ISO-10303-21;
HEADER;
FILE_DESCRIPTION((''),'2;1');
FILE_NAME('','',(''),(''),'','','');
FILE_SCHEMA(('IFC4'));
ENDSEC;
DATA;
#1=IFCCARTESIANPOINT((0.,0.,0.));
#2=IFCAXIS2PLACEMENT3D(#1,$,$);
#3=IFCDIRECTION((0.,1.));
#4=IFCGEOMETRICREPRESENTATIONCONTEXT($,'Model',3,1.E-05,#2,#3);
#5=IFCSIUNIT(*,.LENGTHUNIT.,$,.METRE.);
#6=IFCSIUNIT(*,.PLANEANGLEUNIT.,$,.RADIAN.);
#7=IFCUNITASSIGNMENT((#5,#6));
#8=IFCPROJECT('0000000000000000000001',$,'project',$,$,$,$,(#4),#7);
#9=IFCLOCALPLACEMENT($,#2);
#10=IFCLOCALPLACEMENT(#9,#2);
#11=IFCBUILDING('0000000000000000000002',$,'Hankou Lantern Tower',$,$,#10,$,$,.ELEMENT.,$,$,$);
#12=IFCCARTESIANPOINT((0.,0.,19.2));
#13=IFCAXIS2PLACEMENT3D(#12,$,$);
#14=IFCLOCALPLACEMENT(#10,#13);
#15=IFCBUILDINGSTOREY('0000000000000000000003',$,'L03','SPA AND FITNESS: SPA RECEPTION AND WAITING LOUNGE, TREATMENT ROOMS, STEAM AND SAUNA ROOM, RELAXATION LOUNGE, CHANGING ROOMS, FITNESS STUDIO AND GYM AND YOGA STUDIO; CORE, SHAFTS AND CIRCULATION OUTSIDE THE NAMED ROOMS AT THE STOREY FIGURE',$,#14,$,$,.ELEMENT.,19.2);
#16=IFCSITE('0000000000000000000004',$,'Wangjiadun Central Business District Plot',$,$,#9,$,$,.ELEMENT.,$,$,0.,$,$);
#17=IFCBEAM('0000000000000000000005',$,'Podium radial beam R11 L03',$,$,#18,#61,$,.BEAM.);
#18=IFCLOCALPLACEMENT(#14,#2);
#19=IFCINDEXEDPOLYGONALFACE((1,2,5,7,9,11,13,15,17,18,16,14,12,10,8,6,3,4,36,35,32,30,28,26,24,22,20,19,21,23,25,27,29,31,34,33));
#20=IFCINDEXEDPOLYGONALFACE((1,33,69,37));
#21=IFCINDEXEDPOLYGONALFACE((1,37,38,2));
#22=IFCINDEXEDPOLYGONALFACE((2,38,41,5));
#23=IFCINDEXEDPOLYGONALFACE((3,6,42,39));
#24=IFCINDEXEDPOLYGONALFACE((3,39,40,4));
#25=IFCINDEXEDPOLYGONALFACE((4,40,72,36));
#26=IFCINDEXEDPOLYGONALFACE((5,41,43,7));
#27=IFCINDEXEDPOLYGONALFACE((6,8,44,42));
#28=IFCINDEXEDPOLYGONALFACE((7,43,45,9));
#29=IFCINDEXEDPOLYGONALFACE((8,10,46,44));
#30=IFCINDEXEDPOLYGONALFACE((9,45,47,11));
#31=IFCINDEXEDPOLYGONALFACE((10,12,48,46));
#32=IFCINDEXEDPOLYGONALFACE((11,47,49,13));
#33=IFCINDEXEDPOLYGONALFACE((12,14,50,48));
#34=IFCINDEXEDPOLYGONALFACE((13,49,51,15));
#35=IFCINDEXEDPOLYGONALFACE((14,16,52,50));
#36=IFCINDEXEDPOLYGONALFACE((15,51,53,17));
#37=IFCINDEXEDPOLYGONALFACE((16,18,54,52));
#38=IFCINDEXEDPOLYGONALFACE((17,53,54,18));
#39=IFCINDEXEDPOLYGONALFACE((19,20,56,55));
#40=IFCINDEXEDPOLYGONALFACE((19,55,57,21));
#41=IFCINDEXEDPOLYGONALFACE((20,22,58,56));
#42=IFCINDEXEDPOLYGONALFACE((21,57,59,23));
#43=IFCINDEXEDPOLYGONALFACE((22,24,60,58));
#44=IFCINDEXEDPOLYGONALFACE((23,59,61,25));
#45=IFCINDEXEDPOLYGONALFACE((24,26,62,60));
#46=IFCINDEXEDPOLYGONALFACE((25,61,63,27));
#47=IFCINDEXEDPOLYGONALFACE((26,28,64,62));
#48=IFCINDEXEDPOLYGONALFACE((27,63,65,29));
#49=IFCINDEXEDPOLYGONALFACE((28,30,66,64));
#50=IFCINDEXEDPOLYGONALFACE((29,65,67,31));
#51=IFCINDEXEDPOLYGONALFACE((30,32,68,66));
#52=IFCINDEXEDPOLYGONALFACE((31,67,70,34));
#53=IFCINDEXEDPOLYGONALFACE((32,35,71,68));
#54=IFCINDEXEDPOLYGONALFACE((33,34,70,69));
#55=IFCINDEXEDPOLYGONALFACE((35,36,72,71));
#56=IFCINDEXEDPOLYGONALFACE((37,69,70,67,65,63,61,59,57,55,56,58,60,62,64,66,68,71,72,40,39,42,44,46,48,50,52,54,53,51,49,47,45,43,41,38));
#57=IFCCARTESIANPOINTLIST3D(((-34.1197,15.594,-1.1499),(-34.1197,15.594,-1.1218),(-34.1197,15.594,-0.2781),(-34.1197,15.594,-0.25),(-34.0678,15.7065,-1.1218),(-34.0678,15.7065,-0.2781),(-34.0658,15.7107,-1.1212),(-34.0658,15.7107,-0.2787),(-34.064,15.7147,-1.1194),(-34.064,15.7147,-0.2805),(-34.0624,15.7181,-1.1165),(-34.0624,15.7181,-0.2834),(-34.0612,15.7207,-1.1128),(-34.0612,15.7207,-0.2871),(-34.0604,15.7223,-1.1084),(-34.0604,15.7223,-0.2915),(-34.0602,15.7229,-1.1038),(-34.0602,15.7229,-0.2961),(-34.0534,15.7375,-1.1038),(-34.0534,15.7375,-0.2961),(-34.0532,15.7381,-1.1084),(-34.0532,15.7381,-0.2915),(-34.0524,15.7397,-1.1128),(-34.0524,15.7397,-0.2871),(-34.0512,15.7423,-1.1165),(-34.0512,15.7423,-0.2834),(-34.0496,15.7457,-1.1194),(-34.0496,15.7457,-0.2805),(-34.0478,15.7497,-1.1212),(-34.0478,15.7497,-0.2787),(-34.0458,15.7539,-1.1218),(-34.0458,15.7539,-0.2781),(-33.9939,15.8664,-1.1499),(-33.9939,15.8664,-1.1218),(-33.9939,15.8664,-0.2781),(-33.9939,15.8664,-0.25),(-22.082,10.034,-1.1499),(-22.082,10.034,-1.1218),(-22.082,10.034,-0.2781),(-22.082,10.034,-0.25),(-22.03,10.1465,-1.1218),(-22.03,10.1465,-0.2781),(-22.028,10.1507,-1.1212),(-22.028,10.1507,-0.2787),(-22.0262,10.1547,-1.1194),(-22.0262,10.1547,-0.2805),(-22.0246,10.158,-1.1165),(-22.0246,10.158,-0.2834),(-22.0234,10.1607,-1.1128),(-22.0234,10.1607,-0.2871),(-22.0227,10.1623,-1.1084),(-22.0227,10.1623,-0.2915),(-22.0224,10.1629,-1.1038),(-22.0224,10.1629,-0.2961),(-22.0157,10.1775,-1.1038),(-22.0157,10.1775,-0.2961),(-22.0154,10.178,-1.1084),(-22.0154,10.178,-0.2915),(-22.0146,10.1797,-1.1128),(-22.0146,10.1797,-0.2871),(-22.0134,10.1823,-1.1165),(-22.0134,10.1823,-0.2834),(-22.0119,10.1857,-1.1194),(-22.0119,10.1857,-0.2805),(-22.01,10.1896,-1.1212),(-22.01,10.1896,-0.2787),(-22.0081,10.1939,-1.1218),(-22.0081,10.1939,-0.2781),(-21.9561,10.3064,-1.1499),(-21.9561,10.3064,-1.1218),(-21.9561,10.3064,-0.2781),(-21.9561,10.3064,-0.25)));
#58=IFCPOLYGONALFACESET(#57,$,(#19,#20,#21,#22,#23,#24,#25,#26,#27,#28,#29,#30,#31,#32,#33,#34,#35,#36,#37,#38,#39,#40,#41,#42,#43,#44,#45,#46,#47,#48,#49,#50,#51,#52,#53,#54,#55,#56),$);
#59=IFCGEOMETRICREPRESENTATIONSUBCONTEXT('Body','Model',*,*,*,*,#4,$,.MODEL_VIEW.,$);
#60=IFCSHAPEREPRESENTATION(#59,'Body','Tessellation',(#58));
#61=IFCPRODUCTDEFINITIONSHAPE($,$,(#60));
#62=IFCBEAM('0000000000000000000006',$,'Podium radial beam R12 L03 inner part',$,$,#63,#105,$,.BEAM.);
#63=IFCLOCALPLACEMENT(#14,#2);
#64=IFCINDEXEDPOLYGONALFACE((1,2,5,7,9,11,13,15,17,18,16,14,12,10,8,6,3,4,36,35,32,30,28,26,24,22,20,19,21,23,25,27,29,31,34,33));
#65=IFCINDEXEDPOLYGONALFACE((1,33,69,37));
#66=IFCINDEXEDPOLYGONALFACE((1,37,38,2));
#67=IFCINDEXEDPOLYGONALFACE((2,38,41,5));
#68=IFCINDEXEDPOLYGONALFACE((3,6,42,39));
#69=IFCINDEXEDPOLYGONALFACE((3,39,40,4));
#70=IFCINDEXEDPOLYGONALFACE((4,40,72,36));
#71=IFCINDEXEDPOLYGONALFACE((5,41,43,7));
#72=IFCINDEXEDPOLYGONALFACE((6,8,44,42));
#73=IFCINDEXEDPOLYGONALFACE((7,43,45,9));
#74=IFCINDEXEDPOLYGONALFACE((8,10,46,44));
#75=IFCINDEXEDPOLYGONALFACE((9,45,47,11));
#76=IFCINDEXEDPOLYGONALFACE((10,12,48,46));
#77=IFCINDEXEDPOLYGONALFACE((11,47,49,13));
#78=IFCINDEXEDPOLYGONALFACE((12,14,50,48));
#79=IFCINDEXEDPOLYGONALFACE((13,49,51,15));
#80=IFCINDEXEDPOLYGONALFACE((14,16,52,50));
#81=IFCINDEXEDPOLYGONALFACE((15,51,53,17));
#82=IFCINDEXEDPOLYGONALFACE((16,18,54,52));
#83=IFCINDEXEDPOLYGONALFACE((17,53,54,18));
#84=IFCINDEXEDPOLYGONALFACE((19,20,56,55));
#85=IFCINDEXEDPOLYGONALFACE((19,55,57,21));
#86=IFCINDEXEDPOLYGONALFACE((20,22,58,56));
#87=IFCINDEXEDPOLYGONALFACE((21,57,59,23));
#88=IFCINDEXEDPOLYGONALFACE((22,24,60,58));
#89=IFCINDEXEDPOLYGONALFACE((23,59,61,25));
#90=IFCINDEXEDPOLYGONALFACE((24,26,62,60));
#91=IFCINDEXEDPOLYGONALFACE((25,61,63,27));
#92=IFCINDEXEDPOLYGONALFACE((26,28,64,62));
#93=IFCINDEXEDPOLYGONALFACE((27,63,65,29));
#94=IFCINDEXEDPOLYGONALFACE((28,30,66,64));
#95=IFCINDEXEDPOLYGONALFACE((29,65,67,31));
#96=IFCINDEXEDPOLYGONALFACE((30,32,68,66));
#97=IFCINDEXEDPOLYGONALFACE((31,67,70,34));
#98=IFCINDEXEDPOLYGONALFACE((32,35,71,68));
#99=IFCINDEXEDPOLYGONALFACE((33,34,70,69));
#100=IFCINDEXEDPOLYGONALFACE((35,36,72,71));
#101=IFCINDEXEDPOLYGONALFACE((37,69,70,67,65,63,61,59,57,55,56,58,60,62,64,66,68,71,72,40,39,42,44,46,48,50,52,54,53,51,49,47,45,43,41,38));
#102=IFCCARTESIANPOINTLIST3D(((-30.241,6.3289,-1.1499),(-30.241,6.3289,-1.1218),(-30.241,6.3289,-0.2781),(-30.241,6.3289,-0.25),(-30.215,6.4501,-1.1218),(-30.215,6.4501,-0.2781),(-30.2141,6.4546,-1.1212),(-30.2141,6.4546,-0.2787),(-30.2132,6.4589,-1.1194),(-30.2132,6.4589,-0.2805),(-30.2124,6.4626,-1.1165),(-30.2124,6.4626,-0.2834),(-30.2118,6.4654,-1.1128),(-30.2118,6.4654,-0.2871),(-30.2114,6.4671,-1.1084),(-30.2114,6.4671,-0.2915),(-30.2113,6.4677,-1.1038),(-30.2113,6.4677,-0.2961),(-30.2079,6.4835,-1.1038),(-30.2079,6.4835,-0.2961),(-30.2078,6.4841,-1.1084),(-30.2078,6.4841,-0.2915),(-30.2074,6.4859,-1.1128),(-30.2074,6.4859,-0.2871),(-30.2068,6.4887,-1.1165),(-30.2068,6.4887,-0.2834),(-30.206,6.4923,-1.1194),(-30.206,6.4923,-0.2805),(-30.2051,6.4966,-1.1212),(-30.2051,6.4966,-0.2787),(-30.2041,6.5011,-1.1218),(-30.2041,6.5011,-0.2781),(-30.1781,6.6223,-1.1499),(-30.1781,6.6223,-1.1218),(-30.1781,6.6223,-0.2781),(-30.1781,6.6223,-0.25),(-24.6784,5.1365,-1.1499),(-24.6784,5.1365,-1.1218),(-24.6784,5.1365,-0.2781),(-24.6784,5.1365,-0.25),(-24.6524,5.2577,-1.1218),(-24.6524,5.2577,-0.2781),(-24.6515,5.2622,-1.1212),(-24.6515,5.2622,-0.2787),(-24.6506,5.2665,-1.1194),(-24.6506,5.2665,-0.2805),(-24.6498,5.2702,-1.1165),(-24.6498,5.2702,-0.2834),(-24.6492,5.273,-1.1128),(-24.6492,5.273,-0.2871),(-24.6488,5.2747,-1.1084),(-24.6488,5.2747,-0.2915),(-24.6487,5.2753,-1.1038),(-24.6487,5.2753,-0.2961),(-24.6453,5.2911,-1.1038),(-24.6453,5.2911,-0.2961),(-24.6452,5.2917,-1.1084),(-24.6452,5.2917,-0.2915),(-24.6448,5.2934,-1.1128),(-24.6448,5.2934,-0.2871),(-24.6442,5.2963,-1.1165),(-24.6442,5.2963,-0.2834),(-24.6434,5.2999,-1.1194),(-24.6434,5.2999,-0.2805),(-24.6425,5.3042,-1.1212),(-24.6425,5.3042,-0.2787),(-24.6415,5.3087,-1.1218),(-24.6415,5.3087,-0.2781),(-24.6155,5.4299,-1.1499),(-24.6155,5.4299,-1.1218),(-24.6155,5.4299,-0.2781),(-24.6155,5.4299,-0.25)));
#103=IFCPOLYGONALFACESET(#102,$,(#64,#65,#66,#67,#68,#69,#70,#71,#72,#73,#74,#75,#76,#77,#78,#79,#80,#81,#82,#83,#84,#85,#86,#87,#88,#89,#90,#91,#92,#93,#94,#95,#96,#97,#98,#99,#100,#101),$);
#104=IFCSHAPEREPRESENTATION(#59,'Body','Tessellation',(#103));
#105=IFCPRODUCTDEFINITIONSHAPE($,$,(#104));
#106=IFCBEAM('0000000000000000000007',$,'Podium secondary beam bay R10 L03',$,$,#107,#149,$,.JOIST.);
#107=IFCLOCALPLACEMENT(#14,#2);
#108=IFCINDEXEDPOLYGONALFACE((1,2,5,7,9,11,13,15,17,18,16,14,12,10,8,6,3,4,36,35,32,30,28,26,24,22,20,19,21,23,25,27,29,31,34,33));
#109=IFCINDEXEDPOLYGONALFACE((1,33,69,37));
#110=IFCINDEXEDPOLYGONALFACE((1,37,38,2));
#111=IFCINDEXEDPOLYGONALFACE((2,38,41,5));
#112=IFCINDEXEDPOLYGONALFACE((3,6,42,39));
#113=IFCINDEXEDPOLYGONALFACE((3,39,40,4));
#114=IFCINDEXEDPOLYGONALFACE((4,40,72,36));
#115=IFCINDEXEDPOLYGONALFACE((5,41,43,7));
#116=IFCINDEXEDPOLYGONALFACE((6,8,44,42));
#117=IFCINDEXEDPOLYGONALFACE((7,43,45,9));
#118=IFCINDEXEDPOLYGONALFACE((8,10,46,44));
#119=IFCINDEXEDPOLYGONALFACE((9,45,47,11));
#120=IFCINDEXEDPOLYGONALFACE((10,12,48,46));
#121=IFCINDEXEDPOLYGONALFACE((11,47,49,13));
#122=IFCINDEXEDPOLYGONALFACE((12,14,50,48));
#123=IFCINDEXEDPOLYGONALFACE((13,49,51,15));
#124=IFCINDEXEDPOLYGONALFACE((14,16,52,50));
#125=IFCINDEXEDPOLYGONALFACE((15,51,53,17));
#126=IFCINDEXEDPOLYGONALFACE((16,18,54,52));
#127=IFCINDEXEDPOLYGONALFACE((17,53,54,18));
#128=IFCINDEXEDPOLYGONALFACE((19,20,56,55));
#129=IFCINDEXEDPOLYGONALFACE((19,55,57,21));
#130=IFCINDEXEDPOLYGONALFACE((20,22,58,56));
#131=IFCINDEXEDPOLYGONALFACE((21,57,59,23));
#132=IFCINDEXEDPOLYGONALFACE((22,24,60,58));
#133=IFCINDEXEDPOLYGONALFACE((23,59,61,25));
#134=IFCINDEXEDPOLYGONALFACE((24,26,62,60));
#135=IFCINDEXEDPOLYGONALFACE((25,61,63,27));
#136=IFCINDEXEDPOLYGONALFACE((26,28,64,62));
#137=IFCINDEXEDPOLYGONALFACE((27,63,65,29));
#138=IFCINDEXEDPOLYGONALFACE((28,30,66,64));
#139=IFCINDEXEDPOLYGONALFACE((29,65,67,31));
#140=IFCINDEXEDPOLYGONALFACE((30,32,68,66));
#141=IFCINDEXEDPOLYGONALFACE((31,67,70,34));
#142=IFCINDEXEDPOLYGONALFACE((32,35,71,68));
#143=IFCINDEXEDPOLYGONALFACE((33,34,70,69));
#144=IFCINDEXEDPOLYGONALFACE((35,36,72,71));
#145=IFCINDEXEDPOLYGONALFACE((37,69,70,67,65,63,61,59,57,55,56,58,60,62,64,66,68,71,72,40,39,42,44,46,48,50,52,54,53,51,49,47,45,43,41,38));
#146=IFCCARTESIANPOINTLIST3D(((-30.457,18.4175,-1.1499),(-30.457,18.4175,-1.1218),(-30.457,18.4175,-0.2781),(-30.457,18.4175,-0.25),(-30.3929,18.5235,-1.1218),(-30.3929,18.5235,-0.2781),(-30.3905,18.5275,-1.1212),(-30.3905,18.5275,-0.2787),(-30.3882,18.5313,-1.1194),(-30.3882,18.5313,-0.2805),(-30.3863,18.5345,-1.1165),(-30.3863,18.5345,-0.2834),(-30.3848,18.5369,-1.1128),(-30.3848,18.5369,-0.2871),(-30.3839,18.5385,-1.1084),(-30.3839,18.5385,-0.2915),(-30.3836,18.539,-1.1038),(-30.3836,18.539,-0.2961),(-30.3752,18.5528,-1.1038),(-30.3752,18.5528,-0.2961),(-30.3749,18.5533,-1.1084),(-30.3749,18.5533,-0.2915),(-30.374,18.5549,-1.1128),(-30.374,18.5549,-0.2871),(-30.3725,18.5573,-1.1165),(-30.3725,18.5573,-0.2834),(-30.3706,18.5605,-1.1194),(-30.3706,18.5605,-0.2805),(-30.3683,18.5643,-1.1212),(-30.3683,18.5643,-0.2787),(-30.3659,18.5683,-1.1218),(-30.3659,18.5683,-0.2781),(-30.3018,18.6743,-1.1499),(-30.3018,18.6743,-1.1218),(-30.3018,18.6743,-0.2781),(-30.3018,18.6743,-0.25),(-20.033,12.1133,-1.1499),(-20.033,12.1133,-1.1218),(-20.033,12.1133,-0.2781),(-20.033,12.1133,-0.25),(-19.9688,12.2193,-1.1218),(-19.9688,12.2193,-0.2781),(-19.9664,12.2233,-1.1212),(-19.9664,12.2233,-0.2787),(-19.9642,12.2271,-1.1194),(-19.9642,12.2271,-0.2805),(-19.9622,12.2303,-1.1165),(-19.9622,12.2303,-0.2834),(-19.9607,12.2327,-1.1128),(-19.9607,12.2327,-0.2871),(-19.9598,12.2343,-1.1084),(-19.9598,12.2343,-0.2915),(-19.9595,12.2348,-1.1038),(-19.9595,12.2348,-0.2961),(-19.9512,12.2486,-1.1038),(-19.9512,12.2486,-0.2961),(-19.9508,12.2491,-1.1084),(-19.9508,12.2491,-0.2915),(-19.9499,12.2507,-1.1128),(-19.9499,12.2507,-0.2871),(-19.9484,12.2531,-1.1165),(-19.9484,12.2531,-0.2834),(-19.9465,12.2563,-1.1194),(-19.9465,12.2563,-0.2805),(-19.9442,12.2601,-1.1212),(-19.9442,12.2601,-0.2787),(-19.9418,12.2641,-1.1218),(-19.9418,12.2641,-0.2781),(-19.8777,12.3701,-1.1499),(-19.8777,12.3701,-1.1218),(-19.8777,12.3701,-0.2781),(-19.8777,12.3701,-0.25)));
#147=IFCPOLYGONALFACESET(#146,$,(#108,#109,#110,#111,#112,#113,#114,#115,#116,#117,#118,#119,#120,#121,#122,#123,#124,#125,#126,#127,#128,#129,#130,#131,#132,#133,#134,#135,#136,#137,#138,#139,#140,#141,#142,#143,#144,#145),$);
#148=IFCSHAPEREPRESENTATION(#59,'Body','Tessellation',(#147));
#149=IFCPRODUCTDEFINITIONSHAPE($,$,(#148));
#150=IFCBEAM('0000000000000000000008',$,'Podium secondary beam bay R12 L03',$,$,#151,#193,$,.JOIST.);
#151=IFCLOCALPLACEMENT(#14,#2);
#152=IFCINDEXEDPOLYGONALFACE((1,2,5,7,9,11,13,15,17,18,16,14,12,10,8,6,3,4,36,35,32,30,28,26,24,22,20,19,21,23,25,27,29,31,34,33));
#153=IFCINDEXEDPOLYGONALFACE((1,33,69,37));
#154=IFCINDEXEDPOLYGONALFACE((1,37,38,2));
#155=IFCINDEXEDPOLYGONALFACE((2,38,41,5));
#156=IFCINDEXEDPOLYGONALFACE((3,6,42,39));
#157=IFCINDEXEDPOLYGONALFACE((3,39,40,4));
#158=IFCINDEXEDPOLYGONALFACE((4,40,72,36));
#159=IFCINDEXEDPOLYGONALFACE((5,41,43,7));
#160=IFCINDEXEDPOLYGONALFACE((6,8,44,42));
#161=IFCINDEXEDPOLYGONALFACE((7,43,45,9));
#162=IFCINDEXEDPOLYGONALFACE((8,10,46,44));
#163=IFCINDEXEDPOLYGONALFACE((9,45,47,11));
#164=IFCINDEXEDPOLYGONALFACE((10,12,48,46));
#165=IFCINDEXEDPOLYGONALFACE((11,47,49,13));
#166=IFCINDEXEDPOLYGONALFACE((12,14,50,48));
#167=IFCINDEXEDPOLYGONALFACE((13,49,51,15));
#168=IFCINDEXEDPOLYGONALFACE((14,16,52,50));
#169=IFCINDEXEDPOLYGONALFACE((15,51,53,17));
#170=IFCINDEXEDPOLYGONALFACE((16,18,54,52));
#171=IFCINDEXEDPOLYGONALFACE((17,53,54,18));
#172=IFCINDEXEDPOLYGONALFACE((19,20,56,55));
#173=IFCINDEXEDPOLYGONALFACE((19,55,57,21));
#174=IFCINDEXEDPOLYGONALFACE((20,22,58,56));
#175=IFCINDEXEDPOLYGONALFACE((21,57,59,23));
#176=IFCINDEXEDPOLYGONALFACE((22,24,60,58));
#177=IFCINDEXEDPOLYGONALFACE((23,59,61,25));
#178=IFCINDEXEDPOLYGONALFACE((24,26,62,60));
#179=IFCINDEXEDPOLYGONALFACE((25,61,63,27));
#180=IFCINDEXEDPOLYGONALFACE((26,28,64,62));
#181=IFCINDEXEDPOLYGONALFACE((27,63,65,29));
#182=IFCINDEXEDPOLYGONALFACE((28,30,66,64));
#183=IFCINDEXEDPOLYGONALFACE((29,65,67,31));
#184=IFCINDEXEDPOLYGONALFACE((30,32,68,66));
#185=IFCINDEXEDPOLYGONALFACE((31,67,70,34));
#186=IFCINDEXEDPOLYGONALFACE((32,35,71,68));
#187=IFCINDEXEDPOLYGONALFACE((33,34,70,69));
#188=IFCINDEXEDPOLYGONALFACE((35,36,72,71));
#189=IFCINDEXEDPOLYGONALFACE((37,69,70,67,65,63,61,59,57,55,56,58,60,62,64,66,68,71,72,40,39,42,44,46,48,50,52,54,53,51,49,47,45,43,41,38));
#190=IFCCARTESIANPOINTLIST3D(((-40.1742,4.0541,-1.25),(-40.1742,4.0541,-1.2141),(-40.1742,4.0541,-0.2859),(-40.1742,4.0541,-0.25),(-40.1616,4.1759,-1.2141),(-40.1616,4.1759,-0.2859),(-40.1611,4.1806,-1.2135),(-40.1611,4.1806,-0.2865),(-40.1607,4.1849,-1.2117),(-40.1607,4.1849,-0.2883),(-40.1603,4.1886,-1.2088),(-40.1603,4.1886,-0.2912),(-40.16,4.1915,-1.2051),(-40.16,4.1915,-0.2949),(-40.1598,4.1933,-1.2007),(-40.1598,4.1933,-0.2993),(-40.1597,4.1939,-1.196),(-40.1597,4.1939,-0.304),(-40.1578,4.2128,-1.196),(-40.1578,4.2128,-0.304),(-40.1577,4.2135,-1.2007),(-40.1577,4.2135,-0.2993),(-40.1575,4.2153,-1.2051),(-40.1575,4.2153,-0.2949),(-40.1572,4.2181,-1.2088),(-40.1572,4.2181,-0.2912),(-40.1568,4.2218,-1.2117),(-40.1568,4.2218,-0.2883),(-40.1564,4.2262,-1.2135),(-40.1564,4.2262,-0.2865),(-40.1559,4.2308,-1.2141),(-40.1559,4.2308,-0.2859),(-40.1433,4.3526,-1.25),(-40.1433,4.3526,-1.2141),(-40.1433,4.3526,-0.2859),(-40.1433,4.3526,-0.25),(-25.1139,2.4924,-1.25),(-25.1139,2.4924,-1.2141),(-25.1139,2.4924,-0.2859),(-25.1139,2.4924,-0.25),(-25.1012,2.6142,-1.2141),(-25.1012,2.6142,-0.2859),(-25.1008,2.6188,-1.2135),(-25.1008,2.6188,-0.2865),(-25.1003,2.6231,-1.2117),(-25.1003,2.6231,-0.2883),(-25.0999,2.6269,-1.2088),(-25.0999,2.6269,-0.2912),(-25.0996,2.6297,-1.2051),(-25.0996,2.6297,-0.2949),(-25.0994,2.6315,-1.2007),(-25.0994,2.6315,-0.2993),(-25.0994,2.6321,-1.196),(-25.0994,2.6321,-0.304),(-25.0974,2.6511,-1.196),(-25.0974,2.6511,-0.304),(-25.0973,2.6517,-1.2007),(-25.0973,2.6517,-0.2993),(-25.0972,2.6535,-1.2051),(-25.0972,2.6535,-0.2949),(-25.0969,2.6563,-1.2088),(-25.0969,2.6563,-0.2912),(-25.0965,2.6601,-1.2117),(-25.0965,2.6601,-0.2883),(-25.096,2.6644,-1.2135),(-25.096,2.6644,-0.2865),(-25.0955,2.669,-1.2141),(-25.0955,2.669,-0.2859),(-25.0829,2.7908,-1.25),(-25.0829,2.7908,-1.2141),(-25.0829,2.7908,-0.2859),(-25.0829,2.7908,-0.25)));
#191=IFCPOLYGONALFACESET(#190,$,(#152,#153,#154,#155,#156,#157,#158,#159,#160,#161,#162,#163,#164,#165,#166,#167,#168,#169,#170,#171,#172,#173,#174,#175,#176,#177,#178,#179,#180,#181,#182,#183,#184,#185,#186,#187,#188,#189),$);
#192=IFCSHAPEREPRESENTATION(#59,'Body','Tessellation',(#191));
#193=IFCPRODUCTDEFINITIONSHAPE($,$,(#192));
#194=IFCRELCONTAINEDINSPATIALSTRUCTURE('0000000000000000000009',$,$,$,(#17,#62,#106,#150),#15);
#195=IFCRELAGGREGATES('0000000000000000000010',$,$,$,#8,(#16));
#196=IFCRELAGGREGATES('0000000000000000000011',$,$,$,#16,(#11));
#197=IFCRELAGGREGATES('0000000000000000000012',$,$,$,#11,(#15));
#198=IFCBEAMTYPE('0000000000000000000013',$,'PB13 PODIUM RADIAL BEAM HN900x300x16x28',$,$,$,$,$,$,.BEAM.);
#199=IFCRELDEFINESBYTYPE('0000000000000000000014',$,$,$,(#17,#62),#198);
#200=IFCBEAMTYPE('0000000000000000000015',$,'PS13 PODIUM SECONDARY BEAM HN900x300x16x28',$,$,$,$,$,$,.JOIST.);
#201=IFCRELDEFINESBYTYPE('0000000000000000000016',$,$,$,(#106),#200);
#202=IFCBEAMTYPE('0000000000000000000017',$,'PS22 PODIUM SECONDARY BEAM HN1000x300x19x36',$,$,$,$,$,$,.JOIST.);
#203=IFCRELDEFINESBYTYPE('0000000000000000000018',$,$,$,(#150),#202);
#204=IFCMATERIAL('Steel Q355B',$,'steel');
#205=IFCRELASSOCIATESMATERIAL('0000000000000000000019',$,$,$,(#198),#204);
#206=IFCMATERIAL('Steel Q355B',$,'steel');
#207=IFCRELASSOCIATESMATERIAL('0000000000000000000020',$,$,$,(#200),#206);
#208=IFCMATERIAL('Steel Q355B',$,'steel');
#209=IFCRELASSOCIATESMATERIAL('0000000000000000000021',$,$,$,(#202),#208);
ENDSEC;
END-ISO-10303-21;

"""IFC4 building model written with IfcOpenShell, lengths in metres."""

from ifc_helpers import new_model, si_unit, direction, frame, origin, origin_2d, place, context, subcontext, project, spatial, i_section, extrude, material, material_profile, profile_set, type_object, element, save


model = new_model("IFC4")

# Units and contexts
model_context = context("Model", 3, precision=1e-05, world=origin(), true_north=direction((0.0, 1.0)))
body_context = subcontext(model_context, "Body", "Model", "MODEL_VIEW")
ifc_project = project(units=[si_unit("LENGTHUNIT", "METRE"), si_unit("PLANEANGLEUNIT", "RADIAN")], contexts=[model_context])

# Site, building, storey
site_placement = place(None, origin())
site = spatial("IfcSite", under=ifc_project, at=site_placement, Name="Wangjiadun Central Business District Plot", CompositionType="ELEMENT", RefElevation=0.0)
building_placement = place(site_placement, origin())
building = spatial("IfcBuilding", under=site, at=building_placement, Name="Hankou Lantern Tower", CompositionType="ELEMENT")
storey_placement = place(building_placement, frame((0.0, 0.0, 19.2)))
storey = spatial("IfcBuildingStorey", under=building, at=storey_placement, Name="L03", Description="SPA AND FITNESS: SPA RECEPTION AND WAITING LOUNGE, TREATMENT ROOMS, STEAM AND SAUNA ROOM, RELAXATION LOUNGE, CHANGING ROOMS, FITNESS STUDIO AND GYM AND YOGA STUDIO; CORE, SHAFTS AND CIRCULATION OUTSIDE THE NAMED ROOMS AT THE STOREY FIGURE", CompositionType="ELEMENT", Elevation=19.2)

# Beams
ifc_material_1 = material(Name="Steel Q355B", Category="steel")
ifc_material_profile_1 = material_profile(ifc_material_1, i_section(OverallWidth=0.3, OverallDepth=0.8999, WebThickness=0.0161, FlangeThickness=0.0281, FilletRadius=0.0181, at=origin_2d()), Name="HN900x300x16x28")
ifc_profile_set_1 = profile_set([ifc_material_profile_1], Name="Steel Q355B")
beam_type_1 = type_object("IfcBeamType", Name="PB13 PODIUM RADIAL BEAM HN900x300x16x28", PredefinedType="BEAM", material=ifc_profile_set_1)
beam_1_placement = place(storey_placement, frame((-22.019, 10.1702, -0.7), z_axis=(-0.907841, 0.419315, 0.0), x_axis=(-0.419315, -0.907841, 0.0)))
element("IfcBeam", 1, at=beam_1_placement, inside=storey, type_object=beam_type_1, Name="Podium radial beam R11 L03", PredefinedType="BEAM", context=body_context, shape_type="SweptSolid", body=[
    extrude(i_section(OverallWidth=0.3, OverallDepth=0.8999, WebThickness=0.0161, FlangeThickness=0.0281, FilletRadius=0.0181, at=origin_2d()), origin(), (0.0, 0.0, 1.0), 13.2598),
])
beam_2_placement = place(storey_placement, frame((-24.647, 5.2832, -0.7), z_axis=(-0.977787, 0.209599, 0.0), x_axis=(-0.209599, -0.977787, 0.0)))
element("IfcBeam", 2, at=beam_2_placement, inside=storey, type_object=beam_type_1, Name="Podium radial beam R12 L03 inner part", PredefinedType="BEAM", context=body_context, shape_type="SweptSolid", body=[
    extrude(i_section(OverallWidth=0.3, OverallDepth=0.8999, WebThickness=0.0161, FlangeThickness=0.0281, FilletRadius=0.0181, at=origin_2d()), origin(), (0.0, 0.0, 1.0), 5.689),
])
ifc_material_2 = material(Name="Steel Q355B", Category="steel")
ifc_material_profile_2 = material_profile(ifc_material_2, i_section(OverallWidth=0.3, OverallDepth=0.8999, WebThickness=0.0161, FlangeThickness=0.0281, FilletRadius=0.0181, at=origin_2d()), Name="HN900x300x16x28")
ifc_profile_set_2 = profile_set([ifc_material_profile_2], Name="Steel Q355B")
beam_type_2 = type_object("IfcBeamType", Name="PS13 PODIUM SECONDARY BEAM HN900x300x16x28", PredefinedType="JOIST", material=ifc_profile_set_2)
beam_3_placement = place(storey_placement, frame((-19.9553, 12.2417, -0.7), z_axis=(-0.855686, 0.517496, 0.0), x_axis=(-0.517496, -0.855686, 0.0)))
element("IfcBeam", 3, at=beam_3_placement, inside=storey, type_object=beam_type_2, Name="Podium secondary beam bay R10 L03", PredefinedType="JOIST", context=body_context, shape_type="SweptSolid", body=[
    extrude(i_section(OverallWidth=0.3, OverallDepth=0.8999, WebThickness=0.0161, FlangeThickness=0.0281, FilletRadius=0.0181, at=origin_2d()), origin(), (0.0, 0.0, 1.0), 12.1821),
])
ifc_material_3 = material(Name="Steel Q355B", Category="steel")
ifc_material_profile_3 = material_profile(ifc_material_3, i_section(OverallWidth=0.3, OverallDepth=1.0, WebThickness=0.019, FlangeThickness=0.0359, FilletRadius=0.0181, at=origin_2d()), Name="HN1000x300x19x36")
ifc_profile_set_3 = profile_set([ifc_material_profile_3], Name="Steel Q355B")
beam_type_3 = type_object("IfcBeamType", Name="PS22 PODIUM SECONDARY BEAM HN1000x300x19x36", PredefinedType="JOIST", material=ifc_profile_set_3)
beam_4_placement = place(storey_placement, frame((-25.0984, 2.6416, -0.75), z_axis=(-0.994666, 0.103148, 0.0), x_axis=(-0.103148, -0.994666, 0.0)))
element("IfcBeam", 4, at=beam_4_placement, inside=storey, type_object=beam_type_3, Name="Podium secondary beam bay R12 L03", PredefinedType="JOIST", context=body_context, shape_type="SweptSolid", body=[
    extrude(i_section(OverallWidth=0.3, OverallDepth=1.0, WebThickness=0.019, FlangeThickness=0.0359, FilletRadius=0.0181, at=origin_2d()), origin(), (0.0, 0.0, 1.0), 15.1411),
])

save(model, "model.ifc")
